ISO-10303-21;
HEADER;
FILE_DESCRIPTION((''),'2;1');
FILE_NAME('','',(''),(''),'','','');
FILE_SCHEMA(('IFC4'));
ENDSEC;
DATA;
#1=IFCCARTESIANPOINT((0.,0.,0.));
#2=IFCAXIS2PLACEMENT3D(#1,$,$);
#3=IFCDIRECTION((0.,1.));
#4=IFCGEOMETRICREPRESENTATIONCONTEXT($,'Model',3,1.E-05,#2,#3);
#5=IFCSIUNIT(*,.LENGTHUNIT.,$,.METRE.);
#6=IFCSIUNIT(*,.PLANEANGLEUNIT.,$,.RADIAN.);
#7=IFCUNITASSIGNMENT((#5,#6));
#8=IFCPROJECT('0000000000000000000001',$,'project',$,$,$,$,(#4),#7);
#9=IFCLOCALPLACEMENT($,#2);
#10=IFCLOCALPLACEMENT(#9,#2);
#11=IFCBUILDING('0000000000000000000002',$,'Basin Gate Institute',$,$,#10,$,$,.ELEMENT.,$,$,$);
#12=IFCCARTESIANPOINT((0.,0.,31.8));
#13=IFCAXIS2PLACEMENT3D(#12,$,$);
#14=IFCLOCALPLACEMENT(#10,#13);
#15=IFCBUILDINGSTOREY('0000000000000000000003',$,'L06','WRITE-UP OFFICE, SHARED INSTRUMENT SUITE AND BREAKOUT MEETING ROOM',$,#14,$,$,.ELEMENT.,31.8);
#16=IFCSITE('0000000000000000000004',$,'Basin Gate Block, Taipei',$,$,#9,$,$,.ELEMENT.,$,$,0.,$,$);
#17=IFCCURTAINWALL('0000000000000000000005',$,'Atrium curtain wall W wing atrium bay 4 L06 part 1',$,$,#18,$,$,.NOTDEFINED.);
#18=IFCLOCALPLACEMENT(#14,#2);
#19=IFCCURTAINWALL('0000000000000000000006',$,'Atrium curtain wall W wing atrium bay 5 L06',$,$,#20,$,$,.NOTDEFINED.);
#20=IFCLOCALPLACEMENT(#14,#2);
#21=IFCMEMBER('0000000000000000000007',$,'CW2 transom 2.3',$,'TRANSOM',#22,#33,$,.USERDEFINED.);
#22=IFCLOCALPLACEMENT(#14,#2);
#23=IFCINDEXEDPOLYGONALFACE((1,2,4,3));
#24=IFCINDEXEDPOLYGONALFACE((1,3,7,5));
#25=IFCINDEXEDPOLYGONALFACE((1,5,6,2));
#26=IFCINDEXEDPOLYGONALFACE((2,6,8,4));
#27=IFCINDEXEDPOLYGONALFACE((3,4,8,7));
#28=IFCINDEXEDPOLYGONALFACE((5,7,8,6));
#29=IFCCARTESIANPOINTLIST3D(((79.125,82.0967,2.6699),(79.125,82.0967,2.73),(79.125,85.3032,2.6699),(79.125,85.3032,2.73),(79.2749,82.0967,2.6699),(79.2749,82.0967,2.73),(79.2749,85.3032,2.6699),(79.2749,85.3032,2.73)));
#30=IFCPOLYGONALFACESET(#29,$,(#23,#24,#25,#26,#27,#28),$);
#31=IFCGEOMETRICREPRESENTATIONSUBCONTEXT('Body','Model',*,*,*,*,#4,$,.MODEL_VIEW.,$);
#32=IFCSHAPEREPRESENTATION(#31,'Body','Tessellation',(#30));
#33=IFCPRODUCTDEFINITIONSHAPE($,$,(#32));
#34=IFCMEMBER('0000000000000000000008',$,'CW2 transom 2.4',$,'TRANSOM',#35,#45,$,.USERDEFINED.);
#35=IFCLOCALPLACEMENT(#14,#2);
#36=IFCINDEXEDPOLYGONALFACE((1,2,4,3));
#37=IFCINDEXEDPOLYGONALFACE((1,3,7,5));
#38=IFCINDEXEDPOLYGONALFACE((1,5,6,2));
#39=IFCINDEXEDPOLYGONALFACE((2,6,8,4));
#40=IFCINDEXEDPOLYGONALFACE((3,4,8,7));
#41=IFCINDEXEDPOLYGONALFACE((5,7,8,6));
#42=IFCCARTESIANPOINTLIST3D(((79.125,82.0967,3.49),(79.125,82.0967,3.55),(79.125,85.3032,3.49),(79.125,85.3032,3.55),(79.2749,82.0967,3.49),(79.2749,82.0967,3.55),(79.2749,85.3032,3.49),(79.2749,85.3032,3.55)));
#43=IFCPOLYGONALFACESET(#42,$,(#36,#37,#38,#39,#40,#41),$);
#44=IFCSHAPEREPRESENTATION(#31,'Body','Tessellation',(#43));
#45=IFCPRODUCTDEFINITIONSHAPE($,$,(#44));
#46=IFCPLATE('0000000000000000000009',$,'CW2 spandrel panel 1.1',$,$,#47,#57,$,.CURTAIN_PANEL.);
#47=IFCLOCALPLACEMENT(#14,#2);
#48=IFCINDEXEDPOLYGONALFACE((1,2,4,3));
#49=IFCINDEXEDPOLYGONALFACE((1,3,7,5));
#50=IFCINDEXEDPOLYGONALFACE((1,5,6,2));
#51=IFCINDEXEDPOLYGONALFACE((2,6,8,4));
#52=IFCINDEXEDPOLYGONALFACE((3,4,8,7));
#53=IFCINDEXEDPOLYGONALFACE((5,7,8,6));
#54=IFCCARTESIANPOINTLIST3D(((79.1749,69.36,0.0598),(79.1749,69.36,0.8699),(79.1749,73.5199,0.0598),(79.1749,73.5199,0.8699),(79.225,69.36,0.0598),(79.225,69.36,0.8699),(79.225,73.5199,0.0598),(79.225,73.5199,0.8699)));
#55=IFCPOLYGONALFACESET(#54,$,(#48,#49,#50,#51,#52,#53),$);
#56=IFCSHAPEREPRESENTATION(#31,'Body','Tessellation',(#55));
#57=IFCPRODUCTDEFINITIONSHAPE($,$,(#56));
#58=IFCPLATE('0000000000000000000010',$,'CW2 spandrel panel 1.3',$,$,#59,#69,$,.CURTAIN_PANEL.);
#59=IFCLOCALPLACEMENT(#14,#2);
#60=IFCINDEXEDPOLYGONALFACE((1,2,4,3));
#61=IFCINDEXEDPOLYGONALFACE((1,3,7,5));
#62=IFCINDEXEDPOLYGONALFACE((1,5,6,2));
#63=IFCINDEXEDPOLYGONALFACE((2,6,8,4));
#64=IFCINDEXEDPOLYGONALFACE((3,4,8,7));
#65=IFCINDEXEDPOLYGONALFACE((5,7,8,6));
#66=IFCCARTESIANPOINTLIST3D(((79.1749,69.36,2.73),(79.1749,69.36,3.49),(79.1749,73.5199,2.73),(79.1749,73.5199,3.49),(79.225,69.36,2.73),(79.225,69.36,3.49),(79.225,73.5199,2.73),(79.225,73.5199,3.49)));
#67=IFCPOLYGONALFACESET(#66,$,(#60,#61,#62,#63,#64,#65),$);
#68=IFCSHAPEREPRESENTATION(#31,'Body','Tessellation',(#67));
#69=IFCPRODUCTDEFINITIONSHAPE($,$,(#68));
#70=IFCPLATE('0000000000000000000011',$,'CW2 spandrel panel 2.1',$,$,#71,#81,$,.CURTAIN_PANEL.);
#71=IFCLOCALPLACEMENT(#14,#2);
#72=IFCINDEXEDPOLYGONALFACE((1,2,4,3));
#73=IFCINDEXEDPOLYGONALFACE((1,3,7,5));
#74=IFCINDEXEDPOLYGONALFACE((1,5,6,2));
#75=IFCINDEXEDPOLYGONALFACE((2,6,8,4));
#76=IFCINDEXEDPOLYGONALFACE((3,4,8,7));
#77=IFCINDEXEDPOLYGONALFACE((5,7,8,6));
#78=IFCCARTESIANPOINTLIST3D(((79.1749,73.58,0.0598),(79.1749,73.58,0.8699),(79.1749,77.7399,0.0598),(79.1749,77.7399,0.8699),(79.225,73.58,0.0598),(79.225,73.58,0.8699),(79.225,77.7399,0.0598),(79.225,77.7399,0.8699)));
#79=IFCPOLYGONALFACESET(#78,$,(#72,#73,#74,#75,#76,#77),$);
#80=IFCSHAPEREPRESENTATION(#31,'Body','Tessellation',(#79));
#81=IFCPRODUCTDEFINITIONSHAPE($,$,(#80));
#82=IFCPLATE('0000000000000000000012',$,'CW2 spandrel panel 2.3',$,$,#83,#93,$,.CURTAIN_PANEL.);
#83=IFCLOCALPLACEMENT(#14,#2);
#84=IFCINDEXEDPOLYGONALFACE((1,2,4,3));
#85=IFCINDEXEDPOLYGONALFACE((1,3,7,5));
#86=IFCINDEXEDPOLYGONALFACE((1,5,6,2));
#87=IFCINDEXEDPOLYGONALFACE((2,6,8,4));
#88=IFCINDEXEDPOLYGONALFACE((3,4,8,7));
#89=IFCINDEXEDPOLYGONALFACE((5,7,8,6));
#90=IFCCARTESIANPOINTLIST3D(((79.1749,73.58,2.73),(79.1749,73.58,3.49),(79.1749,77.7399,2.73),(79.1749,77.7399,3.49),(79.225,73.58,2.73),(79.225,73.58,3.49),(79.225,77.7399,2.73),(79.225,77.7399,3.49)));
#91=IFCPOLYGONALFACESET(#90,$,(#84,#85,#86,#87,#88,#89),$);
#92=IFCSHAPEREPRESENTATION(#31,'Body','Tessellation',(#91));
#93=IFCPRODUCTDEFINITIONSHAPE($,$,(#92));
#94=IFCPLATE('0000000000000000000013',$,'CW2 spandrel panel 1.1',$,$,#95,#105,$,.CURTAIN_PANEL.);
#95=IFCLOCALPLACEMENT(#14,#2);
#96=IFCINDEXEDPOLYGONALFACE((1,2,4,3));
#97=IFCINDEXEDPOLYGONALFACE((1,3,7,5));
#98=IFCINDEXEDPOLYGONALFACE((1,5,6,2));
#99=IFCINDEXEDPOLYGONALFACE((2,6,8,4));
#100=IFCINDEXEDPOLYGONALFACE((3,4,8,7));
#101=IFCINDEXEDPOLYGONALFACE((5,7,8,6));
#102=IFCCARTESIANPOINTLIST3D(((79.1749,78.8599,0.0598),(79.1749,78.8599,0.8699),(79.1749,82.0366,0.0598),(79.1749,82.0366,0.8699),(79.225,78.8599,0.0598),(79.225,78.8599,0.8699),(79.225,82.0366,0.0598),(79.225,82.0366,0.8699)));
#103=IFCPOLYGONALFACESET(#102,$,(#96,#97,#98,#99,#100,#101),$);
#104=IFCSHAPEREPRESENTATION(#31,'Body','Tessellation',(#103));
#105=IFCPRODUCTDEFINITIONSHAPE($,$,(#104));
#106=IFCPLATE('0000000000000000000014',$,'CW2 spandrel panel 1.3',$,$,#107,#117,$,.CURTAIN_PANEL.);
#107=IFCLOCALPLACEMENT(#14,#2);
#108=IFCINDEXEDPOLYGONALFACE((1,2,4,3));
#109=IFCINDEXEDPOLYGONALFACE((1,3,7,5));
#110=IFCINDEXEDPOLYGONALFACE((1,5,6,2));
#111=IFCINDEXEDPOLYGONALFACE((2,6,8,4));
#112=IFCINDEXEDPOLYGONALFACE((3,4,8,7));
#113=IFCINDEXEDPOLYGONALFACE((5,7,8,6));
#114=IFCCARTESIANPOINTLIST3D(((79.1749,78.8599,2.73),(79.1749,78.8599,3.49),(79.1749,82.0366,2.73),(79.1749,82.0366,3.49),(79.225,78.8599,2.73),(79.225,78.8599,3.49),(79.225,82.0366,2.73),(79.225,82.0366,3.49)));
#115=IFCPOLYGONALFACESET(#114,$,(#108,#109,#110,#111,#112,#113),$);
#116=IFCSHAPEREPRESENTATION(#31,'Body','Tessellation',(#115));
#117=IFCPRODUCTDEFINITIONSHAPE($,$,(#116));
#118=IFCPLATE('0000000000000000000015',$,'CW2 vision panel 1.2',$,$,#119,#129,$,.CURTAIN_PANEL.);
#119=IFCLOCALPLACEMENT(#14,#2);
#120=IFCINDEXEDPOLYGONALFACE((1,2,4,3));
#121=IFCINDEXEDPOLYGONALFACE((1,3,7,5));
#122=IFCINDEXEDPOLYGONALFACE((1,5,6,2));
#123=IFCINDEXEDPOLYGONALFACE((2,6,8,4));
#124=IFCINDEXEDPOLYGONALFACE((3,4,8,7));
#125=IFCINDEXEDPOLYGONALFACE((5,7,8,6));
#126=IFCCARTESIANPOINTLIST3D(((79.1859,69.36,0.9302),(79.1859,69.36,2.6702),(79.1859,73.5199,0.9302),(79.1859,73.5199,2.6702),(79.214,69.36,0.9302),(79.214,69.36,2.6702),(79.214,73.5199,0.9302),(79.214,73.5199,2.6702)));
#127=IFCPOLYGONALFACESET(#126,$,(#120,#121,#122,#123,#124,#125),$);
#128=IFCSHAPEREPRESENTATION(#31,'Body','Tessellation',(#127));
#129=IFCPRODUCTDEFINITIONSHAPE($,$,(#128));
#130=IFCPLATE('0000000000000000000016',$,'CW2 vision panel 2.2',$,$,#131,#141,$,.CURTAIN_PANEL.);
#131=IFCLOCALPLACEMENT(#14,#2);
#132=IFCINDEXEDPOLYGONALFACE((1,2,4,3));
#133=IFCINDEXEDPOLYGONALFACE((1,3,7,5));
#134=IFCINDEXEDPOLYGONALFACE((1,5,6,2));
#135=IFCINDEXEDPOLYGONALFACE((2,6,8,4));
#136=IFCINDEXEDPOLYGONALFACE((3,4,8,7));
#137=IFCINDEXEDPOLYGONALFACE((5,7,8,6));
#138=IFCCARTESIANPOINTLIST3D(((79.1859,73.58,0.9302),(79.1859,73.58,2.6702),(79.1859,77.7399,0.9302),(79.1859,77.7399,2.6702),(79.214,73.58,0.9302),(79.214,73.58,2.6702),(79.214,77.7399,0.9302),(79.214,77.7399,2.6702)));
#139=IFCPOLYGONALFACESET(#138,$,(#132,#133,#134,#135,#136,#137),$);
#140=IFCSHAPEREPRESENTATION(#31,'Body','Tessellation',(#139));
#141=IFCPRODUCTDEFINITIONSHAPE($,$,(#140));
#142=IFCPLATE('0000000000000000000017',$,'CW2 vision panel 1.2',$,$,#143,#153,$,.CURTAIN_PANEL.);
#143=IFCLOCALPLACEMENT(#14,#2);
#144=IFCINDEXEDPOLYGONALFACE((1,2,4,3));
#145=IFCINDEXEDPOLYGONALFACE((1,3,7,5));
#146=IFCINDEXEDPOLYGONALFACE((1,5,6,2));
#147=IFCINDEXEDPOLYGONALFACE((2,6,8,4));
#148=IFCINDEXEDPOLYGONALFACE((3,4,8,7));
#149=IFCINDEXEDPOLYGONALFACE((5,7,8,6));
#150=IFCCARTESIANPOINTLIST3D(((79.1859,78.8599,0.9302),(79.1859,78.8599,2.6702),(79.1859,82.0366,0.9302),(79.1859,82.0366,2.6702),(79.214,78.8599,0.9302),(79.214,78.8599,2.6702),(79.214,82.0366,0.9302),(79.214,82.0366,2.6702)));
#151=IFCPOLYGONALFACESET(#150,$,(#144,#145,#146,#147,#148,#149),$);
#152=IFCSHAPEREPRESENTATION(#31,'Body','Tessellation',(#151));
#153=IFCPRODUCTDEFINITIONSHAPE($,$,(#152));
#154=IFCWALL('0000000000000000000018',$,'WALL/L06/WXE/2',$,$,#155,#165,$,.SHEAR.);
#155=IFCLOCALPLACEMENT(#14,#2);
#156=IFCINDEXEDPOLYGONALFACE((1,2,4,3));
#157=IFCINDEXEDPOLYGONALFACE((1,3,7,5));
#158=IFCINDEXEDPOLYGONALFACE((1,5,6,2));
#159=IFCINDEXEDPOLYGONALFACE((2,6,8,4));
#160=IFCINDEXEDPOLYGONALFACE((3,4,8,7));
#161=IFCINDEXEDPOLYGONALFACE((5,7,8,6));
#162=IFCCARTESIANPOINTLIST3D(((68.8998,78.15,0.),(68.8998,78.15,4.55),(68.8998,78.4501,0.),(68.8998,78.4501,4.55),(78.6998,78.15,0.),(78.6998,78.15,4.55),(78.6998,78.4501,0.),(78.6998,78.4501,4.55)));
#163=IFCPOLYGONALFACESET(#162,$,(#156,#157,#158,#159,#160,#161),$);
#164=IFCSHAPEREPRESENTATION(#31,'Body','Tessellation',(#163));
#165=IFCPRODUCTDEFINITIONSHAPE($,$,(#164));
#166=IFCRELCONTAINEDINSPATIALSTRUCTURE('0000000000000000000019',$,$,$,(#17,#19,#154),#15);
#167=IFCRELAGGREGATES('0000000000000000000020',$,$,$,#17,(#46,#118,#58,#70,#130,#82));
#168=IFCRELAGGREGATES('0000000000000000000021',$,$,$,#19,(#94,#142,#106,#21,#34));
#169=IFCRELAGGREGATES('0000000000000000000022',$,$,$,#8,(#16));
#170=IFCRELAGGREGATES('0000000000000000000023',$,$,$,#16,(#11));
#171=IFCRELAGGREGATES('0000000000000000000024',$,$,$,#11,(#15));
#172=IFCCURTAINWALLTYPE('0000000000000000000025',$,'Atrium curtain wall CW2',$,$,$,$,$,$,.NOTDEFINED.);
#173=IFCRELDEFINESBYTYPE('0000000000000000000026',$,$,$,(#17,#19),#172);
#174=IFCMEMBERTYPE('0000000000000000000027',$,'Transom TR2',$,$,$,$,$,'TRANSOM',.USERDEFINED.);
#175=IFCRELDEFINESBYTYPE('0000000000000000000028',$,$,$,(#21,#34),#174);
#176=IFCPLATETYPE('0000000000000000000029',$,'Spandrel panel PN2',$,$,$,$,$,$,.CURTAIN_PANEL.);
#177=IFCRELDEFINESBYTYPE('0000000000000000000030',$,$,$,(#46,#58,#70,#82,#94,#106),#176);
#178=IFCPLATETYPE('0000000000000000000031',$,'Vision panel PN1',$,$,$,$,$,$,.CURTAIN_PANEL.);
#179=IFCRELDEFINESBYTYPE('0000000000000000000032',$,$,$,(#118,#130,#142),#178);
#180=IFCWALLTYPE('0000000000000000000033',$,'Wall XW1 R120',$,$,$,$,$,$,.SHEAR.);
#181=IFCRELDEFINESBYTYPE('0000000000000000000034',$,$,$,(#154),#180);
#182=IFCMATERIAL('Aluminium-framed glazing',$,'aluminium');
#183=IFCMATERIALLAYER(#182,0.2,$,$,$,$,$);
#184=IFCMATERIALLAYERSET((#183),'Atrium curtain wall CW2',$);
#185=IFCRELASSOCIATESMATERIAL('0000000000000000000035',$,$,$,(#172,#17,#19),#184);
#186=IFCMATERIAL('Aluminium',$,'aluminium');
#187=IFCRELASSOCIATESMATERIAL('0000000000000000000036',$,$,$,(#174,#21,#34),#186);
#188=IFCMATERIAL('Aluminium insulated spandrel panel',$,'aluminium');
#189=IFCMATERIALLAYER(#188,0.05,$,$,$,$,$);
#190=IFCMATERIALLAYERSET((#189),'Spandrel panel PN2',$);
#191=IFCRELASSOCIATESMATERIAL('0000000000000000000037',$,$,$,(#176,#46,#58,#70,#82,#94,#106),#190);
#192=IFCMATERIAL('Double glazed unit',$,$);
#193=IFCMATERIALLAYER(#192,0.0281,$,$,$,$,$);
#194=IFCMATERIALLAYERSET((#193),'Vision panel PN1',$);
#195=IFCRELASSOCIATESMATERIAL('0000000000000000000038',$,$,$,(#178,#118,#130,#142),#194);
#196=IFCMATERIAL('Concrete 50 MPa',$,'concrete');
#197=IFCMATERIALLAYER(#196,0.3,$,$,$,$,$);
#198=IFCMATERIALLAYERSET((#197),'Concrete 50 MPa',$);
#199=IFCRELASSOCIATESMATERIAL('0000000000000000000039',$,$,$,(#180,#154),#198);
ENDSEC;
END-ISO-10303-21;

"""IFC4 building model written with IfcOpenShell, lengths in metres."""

from ifc_helpers import new_model, si_unit, direction, frame, frame_2d, origin, origin_2d, place, context, subcontext, project, spatial, rectangle, extrude, material, layer, layer_set, material_profile, profile_set, type_object, element, aggregate, save


model = new_model("IFC4")

# Units and contexts
model_context = context("Model", 3, precision=1e-05, world=origin(), true_north=direction((0.0, 1.0)))
body_context = subcontext(model_context, "Body", "Model", "MODEL_VIEW")
ifc_project = project(units=[si_unit("LENGTHUNIT", "METRE"), si_unit("PLANEANGLEUNIT", "RADIAN")], contexts=[model_context])

# Site, building, storey
site_placement = place(None, origin())
site = spatial("IfcSite", under=ifc_project, at=site_placement, Name="Basin Gate Block, Taipei", CompositionType="ELEMENT", RefElevation=0.0)
building_placement = place(site_placement, origin())
building = spatial("IfcBuilding", under=site, at=building_placement, Name="Basin Gate Institute", CompositionType="ELEMENT")
storey_placement = place(building_placement, frame((0.0, 0.0, 31.8)))
storey = spatial("IfcBuildingStorey", under=building, at=storey_placement, Name="L06", Description="WRITE-UP OFFICE, SHARED INSTRUMENT SUITE AND BREAKOUT MEETING ROOM", CompositionType="ELEMENT", Elevation=31.8)

# Curtain walls
ifc_material_1 = material(Name="Aluminium-framed glazing", Category="aluminium")
ifc_layer_1 = layer(ifc_material_1, 0.2)
ifc_layer_set_1 = layer_set([ifc_layer_1], Name="Atrium curtain wall CW2")
curtain_wall_type_1 = type_object("IfcCurtainWallType", Name="Atrium curtain wall CW2", PredefinedType="NOTDEFINED", material=ifc_layer_set_1)
curtain_wall_1_placement = place(storey_placement, origin())
curtain_wall_1 = element("IfcCurtainWall", 1, at=curtain_wall_1_placement, inside=storey, type_object=curtain_wall_type_1, material=ifc_layer_set_1, Name="Atrium curtain wall W wing atrium bay 4 L06 part 1", PredefinedType="NOTDEFINED")
curtain_wall_2_placement = place(storey_placement, origin())
curtain_wall_2 = element("IfcCurtainWall", 2, at=curtain_wall_2_placement, inside=storey, type_object=curtain_wall_type_1, material=ifc_layer_set_1, Name="Atrium curtain wall W wing atrium bay 5 L06", PredefinedType="NOTDEFINED")

# Members
ifc_material_2 = material(Name="Aluminium", Category="aluminium")
ifc_material_profile_1 = material_profile(ifc_material_2, rectangle(XDim=0.1499, YDim=0.0601, at=origin_2d()), Name="Transom TR2 150 x 60")
ifc_profile_set_1 = profile_set([ifc_material_profile_1], Name="Aluminium")
member_type_1 = type_object("IfcMemberType", Name="Transom TR2", ElementType="TRANSOM", PredefinedType="USERDEFINED", material=ifc_profile_set_1)
member_1_placement = place(storey_placement, frame((79.2, 82.0967, 2.7), z_axis=(0.0, 1.0, 0.0), x_axis=(-1.0, 0.0, 0.0)))
member_1 = element("IfcMember", 3, at=member_1_placement, type_object=member_type_1, material=ifc_profile_set_1, Name="CW2 transom 2.3", ObjectType="TRANSOM", PredefinedType="USERDEFINED", context=body_context, shape_type="SweptSolid", body=[
    extrude(rectangle(XDim=0.1499, YDim=0.0601, at=origin_2d()), origin(), (0.0, 0.0, 1.0), 3.2065),
])
member_2_placement = place(storey_placement, frame((79.2, 82.0967, 3.52), z_axis=(0.0, 1.0, 0.0), x_axis=(-1.0, 0.0, 0.0)))
member_2 = element("IfcMember", 4, at=member_2_placement, type_object=member_type_1, material=ifc_profile_set_1, Name="CW2 transom 2.4", ObjectType="TRANSOM", PredefinedType="USERDEFINED", context=body_context, shape_type="SweptSolid", body=[
    extrude(rectangle(XDim=0.1499, YDim=0.0601, at=origin_2d()), origin(), (0.0, 0.0, 1.0), 3.2065),
])

# Plates
ifc_material_3 = material(Name="Aluminium insulated spandrel panel", Category="aluminium")
ifc_layer_2 = layer(ifc_material_3, 0.05)
ifc_layer_set_2 = layer_set([ifc_layer_2], Name="Spandrel panel PN2")
plate_type_1 = type_object("IfcPlateType", Name="Spandrel panel PN2", PredefinedType="CURTAIN_PANEL", material=ifc_layer_set_2)
plate_1_placement = place(storey_placement, frame((79.2, 71.4399, 0.0598), z_axis=(0.0, 0.0, 1.0), x_axis=(0.0, 1.0, 0.0)))
plate_1 = element("IfcPlate", 5, at=plate_1_placement, type_object=plate_type_1, material=ifc_layer_set_2, Name="CW2 spandrel panel 1.1", PredefinedType="CURTAIN_PANEL", context=body_context, shape_type="SweptSolid", body=[
    extrude(rectangle(XDim=4.1599, YDim=0.05, at=origin_2d()), origin(), (0.0, 0.0, 1.0), 0.8101),
])
plate_2_placement = place(storey_placement, frame((79.2, 71.4399, 2.73), z_axis=(0.0, 0.0, 1.0), x_axis=(0.0, 1.0, 0.0)))
plate_2 = element("IfcPlate", 6, at=plate_2_placement, type_object=plate_type_1, material=ifc_layer_set_2, Name="CW2 spandrel panel 1.3", PredefinedType="CURTAIN_PANEL", context=body_context, shape_type="SweptSolid", body=[
    extrude(rectangle(XDim=4.1599, YDim=0.05, at=origin_2d()), origin(), (0.0, 0.0, 1.0), 0.76),
])
plate_3_placement = place(storey_placement, frame((79.2, 75.6599, 0.0598), z_axis=(0.0, 0.0, 1.0), x_axis=(0.0, 1.0, 0.0)))
plate_3 = element("IfcPlate", 7, at=plate_3_placement, type_object=plate_type_1, material=ifc_layer_set_2, Name="CW2 spandrel panel 2.1", PredefinedType="CURTAIN_PANEL", context=body_context, shape_type="SweptSolid", body=[
    extrude(rectangle(XDim=4.1599, YDim=0.05, at=origin_2d()), origin(), (0.0, 0.0, 1.0), 0.8101),
])
plate_4_placement = place(storey_placement, frame((79.2, 75.6599, 2.73), z_axis=(0.0, 0.0, 1.0), x_axis=(0.0, 1.0, 0.0)))
plate_4 = element("IfcPlate", 8, at=plate_4_placement, type_object=plate_type_1, material=ifc_layer_set_2, Name="CW2 spandrel panel 2.3", PredefinedType="CURTAIN_PANEL", context=body_context, shape_type="SweptSolid", body=[
    extrude(rectangle(XDim=4.1599, YDim=0.05, at=origin_2d()), origin(), (0.0, 0.0, 1.0), 0.76),
])
plate_5_placement = place(storey_placement, frame((79.2, 80.4482, 0.0598), z_axis=(0.0, 0.0, 1.0), x_axis=(0.0, 1.0, 0.0)))
plate_5 = element("IfcPlate", 9, at=plate_5_placement, type_object=plate_type_1, material=ifc_layer_set_2, Name="CW2 spandrel panel 1.1", PredefinedType="CURTAIN_PANEL", context=body_context, shape_type="SweptSolid", body=[
    extrude(rectangle(XDim=3.1768, YDim=0.05, at=origin_2d()), origin(), (0.0, 0.0, 1.0), 0.8101),
])
plate_6_placement = place(storey_placement, frame((79.2, 80.4482, 2.73), z_axis=(0.0, 0.0, 1.0), x_axis=(0.0, 1.0, 0.0)))
plate_6 = element("IfcPlate", 10, at=plate_6_placement, type_object=plate_type_1, material=ifc_layer_set_2, Name="CW2 spandrel panel 1.3", PredefinedType="CURTAIN_PANEL", context=body_context, shape_type="SweptSolid", body=[
    extrude(rectangle(XDim=3.1768, YDim=0.05, at=origin_2d()), origin(), (0.0, 0.0, 1.0), 0.76),
])
ifc_material_4 = material(Name="Double glazed unit")
ifc_layer_3 = layer(ifc_material_4, 0.0281)
ifc_layer_set_3 = layer_set([ifc_layer_3], Name="Vision panel PN1")
plate_type_2 = type_object("IfcPlateType", Name="Vision panel PN1", PredefinedType="CURTAIN_PANEL", material=ifc_layer_set_3)
plate_7_placement = place(storey_placement, frame((79.2, 71.4399, 0.9302), z_axis=(0.0, 0.0, 1.0), x_axis=(0.0, 1.0, 0.0)))
plate_7 = element("IfcPlate", 11, at=plate_7_placement, type_object=plate_type_2, material=ifc_layer_set_3, Name="CW2 vision panel 1.2", PredefinedType="CURTAIN_PANEL", context=body_context, shape_type="SweptSolid", body=[
    extrude(rectangle(XDim=4.1599, YDim=0.0281, at=origin_2d()), origin(), (0.0, 0.0, 1.0), 1.74),
])
plate_8_placement = place(storey_placement, frame((79.2, 75.6599, 0.9302), z_axis=(0.0, 0.0, 1.0), x_axis=(0.0, 1.0, 0.0)))
plate_8 = element("IfcPlate", 12, at=plate_8_placement, type_object=plate_type_2, material=ifc_layer_set_3, Name="CW2 vision panel 2.2", PredefinedType="CURTAIN_PANEL", context=body_context, shape_type="SweptSolid", body=[
    extrude(rectangle(XDim=4.1599, YDim=0.0281, at=origin_2d()), origin(), (0.0, 0.0, 1.0), 1.74),
])
aggregate(curtain_wall_1, [plate_1, plate_7, plate_2, plate_3, plate_8, plate_4])
plate_9_placement = place(storey_placement, frame((79.2, 80.4482, 0.9302), z_axis=(0.0, 0.0, 1.0), x_axis=(0.0, 1.0, 0.0)))
plate_9 = element("IfcPlate", 13, at=plate_9_placement, type_object=plate_type_2, material=ifc_layer_set_3, Name="CW2 vision panel 1.2", PredefinedType="CURTAIN_PANEL", context=body_context, shape_type="SweptSolid", body=[
    extrude(rectangle(XDim=3.1768, YDim=0.0281, at=origin_2d()), origin(), (0.0, 0.0, 1.0), 1.74),
])
aggregate(curtain_wall_2, [plate_5, plate_9, plate_6, member_1, member_2])

# Wall
ifc_material_5 = material(Name="Concrete 50 MPa", Category="concrete")
ifc_layer_4 = layer(ifc_material_5, 0.3)
ifc_layer_set_4 = layer_set([ifc_layer_4], Name="Concrete 50 MPa")
wall_type = type_object("IfcWallType", Name="Wall XW1 R120", PredefinedType="SHEAR", material=ifc_layer_set_4)
wall_placement = place(storey_placement, frame((68.8999, 78.3, 0.0), z_axis=(0.0, 0.0, 1.0), x_axis=(1.0, 0.0, 0.0)))
element("IfcWall", 14, at=wall_placement, inside=storey, type_object=wall_type, material=ifc_layer_set_4, Name="WALL/L06/WXE/2", PredefinedType="SHEAR", context=body_context, shape_type="SweptSolid", body=[
    extrude(rectangle(XDim=9.8, YDim=0.3, at=frame_2d((4.8999, 0.0))), origin(), (0.0, 0.0, 1.0), 4.55),
])

save(model, "model.ifc")
